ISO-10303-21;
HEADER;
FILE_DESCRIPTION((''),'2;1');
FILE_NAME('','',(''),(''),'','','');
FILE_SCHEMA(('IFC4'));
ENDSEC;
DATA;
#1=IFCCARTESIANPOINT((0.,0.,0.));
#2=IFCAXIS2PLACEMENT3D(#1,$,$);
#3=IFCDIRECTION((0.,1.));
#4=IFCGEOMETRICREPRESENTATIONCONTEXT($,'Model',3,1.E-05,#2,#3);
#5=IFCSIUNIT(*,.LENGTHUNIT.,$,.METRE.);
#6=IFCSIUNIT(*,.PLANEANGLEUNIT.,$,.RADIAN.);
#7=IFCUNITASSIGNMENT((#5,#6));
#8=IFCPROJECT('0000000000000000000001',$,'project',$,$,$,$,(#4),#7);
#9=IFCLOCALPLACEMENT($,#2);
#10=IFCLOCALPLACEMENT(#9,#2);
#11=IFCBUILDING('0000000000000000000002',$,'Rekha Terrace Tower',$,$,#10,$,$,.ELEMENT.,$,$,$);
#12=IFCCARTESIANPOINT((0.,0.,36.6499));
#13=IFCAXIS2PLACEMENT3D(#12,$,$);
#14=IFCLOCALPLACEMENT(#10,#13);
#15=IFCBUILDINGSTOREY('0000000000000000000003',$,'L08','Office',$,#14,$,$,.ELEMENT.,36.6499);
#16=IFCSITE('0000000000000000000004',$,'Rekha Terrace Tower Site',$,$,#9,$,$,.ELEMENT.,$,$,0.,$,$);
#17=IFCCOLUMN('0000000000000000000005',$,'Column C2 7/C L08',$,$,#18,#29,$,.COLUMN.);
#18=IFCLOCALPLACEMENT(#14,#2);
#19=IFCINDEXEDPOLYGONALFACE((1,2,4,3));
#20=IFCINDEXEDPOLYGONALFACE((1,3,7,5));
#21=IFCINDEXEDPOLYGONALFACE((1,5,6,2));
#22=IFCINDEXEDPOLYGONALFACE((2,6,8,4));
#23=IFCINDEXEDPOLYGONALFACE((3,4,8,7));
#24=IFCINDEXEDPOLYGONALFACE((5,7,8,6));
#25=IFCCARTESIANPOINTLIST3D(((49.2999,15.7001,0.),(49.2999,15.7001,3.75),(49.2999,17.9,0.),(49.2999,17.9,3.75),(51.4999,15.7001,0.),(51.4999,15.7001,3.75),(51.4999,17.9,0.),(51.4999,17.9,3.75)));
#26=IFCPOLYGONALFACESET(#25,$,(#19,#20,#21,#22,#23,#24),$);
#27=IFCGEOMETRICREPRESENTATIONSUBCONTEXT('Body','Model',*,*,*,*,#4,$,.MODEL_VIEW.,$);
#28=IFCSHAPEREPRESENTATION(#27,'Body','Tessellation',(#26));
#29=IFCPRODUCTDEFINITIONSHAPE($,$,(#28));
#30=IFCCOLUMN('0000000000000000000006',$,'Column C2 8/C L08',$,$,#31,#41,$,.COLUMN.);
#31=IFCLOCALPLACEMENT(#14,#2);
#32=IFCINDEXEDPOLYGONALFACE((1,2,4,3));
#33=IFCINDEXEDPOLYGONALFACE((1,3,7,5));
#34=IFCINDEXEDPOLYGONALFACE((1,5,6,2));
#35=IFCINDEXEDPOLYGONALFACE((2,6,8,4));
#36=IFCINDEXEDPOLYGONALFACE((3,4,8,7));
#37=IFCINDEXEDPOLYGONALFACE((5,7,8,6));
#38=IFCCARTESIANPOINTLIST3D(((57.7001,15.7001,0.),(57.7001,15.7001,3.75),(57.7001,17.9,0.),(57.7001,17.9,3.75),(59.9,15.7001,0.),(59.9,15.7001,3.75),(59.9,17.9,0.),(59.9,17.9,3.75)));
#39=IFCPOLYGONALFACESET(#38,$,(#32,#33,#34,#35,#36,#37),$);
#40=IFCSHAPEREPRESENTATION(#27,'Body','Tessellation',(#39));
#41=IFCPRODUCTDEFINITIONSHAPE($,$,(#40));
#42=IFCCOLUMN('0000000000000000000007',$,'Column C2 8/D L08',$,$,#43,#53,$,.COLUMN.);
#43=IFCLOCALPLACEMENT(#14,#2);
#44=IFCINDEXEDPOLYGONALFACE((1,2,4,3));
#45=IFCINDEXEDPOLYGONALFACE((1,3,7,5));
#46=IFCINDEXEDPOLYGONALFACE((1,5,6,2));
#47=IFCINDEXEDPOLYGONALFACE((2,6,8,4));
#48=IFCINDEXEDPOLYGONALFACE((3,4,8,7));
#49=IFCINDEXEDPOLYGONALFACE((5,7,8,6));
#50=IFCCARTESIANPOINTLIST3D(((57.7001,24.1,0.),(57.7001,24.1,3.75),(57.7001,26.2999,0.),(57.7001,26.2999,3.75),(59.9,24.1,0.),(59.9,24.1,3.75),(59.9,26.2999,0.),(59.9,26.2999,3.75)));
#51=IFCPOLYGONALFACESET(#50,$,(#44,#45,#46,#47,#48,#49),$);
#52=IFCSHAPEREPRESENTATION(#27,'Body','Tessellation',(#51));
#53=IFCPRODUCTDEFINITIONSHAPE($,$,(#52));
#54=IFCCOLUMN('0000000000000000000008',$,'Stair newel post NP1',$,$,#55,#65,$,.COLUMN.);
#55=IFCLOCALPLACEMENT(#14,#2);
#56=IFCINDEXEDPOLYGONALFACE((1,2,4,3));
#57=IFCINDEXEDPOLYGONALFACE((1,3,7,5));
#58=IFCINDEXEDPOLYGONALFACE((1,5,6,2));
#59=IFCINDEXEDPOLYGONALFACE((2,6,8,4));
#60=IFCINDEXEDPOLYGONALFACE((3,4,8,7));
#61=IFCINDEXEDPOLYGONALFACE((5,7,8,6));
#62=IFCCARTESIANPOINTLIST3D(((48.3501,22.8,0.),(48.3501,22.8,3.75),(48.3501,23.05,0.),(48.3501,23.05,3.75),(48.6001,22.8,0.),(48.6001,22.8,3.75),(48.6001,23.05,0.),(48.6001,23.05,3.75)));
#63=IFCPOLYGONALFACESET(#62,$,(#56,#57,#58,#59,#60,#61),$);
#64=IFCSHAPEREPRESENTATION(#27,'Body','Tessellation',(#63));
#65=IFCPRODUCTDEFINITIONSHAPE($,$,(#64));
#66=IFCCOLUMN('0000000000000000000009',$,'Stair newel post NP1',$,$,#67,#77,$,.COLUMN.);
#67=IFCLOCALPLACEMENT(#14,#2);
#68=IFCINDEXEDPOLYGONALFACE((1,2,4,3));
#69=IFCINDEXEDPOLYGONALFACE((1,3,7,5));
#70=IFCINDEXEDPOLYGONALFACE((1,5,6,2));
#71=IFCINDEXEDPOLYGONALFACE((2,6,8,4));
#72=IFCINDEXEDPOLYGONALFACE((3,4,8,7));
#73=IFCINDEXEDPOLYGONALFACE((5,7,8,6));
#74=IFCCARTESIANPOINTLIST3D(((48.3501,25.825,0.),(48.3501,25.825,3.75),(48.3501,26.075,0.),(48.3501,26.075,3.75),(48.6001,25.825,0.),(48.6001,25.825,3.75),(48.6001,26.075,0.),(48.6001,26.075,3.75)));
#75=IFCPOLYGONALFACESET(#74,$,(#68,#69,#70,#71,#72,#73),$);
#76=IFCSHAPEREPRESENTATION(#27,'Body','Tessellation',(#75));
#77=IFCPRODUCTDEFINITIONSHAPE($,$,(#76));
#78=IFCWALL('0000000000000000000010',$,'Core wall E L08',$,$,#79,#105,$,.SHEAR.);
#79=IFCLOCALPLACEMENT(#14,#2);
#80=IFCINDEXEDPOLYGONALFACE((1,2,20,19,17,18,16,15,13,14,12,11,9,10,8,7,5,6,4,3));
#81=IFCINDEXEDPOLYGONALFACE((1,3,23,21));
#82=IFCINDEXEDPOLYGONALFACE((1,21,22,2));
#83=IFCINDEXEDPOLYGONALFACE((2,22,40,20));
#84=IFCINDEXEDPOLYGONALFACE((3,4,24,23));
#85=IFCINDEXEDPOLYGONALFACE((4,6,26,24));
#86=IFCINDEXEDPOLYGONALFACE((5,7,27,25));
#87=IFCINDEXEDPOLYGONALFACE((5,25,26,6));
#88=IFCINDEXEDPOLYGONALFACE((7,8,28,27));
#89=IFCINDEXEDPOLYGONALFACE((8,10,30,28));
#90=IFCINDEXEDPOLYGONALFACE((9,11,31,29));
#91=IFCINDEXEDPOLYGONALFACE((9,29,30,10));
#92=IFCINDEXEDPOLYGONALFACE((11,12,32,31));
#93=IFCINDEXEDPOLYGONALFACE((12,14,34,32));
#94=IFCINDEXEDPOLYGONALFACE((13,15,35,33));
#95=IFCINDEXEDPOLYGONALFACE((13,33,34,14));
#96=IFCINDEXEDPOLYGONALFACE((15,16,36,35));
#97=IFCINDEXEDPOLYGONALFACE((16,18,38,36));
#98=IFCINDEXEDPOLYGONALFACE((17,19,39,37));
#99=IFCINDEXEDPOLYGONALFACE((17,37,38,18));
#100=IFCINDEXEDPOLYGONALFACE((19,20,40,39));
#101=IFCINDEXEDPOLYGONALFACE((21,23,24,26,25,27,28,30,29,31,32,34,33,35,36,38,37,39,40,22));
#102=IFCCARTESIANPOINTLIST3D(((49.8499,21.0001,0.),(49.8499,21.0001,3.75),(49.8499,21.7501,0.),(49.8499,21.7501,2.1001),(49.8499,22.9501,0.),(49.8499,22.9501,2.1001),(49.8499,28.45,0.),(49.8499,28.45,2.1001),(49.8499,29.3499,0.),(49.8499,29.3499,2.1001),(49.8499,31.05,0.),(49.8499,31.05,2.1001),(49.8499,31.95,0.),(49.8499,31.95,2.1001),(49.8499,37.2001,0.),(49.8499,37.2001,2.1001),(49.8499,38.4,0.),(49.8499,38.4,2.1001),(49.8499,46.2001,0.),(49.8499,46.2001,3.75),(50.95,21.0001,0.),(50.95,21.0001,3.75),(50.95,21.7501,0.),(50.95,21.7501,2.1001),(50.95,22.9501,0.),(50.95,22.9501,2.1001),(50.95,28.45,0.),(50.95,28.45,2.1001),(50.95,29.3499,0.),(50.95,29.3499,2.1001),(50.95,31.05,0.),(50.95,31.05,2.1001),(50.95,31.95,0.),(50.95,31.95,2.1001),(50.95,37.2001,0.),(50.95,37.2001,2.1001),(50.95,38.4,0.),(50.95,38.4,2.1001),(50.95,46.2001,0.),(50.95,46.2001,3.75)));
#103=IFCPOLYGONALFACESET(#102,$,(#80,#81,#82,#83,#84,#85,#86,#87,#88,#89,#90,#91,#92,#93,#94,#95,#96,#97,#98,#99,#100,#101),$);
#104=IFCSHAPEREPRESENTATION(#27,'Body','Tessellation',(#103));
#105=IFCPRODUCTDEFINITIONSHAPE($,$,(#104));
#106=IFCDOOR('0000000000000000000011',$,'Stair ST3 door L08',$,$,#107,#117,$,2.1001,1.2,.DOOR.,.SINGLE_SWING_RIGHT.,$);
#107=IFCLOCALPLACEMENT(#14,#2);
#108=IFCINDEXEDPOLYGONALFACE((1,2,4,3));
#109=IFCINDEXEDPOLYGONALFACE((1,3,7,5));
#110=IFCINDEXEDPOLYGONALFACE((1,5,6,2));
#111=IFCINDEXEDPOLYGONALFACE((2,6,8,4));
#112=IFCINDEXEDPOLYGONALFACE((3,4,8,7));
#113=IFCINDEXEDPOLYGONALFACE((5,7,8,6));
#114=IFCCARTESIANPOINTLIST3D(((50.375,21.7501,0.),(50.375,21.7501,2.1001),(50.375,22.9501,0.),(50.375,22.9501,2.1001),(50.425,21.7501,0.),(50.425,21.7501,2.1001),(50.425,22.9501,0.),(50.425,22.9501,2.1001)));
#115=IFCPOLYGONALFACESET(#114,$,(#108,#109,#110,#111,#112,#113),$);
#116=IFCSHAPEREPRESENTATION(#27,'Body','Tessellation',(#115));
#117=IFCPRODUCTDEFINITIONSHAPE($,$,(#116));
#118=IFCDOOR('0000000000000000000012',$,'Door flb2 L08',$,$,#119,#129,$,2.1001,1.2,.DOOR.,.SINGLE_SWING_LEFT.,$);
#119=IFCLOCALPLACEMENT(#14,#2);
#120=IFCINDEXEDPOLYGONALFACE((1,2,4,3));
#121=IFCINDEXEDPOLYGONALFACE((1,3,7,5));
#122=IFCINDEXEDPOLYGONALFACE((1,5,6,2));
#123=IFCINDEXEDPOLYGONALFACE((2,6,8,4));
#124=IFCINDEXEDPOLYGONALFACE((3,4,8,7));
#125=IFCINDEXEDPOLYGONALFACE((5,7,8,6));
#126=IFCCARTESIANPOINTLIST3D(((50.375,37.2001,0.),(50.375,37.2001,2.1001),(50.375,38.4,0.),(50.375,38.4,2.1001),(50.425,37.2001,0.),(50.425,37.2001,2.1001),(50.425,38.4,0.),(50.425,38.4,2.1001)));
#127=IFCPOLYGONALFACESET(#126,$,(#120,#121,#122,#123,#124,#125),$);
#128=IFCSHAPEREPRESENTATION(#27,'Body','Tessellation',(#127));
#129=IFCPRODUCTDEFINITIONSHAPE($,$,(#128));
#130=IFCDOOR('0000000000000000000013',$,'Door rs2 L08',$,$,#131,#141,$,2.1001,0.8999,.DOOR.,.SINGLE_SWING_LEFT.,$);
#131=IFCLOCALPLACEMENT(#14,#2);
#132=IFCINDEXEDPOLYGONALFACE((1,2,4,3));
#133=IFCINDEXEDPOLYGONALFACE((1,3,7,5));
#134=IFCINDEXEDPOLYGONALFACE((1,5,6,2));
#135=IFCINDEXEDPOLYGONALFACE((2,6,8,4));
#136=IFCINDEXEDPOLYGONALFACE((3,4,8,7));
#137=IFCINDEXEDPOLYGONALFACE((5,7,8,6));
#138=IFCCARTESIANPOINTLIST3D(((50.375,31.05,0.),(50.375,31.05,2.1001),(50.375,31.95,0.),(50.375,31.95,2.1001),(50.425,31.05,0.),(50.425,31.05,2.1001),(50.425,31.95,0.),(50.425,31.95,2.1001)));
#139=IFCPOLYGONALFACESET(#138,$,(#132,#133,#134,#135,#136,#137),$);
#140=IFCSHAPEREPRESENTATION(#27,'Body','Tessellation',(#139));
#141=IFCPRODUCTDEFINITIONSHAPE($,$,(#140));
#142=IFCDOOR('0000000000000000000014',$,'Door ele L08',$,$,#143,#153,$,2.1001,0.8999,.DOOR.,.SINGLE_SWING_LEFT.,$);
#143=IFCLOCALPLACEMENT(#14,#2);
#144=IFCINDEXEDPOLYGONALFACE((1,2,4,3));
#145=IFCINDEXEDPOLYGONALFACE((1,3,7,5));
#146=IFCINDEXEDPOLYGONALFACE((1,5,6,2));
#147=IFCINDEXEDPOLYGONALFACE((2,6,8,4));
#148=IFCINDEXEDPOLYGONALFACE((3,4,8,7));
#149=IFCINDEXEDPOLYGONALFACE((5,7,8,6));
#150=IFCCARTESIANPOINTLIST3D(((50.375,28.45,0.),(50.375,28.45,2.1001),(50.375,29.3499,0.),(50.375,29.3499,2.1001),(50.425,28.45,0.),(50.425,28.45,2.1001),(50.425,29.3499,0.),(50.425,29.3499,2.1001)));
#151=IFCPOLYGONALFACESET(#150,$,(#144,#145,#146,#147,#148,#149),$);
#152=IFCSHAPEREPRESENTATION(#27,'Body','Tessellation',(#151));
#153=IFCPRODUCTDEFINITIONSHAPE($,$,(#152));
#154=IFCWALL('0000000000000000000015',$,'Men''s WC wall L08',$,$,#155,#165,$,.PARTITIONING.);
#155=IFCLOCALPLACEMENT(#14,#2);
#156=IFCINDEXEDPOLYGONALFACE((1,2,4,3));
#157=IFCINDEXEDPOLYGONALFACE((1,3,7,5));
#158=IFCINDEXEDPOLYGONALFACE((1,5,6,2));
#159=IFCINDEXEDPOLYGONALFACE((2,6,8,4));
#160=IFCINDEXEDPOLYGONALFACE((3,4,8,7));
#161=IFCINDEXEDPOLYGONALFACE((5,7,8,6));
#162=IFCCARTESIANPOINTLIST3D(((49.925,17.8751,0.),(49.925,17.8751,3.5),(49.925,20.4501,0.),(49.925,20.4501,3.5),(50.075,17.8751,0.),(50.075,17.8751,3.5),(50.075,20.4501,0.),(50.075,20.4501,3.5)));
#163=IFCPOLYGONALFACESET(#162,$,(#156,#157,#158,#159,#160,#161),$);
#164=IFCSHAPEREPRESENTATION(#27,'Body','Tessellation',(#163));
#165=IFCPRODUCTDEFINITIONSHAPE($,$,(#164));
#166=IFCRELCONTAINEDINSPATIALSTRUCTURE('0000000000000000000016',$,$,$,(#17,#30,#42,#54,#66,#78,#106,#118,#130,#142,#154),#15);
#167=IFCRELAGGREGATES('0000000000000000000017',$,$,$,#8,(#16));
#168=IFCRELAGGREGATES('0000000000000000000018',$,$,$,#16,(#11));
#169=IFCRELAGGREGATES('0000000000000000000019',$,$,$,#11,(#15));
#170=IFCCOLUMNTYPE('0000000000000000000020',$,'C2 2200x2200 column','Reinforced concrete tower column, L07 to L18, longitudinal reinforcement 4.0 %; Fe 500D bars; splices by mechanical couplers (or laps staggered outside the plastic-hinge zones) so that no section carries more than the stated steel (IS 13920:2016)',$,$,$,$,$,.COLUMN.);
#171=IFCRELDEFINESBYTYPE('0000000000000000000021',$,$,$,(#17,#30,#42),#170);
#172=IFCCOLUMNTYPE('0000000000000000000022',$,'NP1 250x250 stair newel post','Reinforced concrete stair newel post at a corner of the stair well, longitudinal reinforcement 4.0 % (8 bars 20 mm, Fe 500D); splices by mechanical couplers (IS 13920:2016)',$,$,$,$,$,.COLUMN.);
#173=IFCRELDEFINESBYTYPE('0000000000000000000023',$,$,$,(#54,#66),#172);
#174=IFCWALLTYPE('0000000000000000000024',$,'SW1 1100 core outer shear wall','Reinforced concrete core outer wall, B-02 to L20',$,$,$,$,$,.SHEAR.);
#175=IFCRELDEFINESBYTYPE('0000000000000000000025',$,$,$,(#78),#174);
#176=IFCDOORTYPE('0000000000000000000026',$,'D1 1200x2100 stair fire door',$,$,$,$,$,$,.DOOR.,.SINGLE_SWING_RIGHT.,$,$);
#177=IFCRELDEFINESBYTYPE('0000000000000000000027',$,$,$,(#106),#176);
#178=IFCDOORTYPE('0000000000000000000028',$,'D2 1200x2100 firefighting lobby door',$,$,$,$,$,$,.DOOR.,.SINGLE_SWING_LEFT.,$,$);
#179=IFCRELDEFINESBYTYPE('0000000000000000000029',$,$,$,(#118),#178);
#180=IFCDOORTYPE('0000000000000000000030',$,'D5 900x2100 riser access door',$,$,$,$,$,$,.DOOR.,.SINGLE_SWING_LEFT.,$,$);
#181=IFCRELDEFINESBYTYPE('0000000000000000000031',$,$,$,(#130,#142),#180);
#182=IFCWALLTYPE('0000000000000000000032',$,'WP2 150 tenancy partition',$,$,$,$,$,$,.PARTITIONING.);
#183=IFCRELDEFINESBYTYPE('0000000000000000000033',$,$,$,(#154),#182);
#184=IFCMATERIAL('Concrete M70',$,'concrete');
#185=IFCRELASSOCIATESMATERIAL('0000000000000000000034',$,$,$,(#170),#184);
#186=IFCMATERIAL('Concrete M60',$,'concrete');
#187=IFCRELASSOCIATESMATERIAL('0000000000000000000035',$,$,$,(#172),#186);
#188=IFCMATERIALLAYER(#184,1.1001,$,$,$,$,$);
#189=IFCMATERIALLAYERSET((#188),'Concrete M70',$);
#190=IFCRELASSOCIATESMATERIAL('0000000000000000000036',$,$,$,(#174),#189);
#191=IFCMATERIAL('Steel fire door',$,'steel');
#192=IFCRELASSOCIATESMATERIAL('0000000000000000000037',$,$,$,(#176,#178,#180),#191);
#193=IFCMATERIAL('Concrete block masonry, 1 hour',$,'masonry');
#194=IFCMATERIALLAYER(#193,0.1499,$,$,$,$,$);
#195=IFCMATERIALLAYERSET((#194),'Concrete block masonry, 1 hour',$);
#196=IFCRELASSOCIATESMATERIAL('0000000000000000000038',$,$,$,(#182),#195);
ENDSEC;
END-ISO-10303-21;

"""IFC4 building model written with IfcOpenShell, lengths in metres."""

from ifc_helpers import new_model, si_unit, direction, frame, frame_2d, origin, origin_2d, place, context, subcontext, project, spatial, rectangle, extrude, material, layer, layer_set, material_profile, profile_set, type_object, element, fill, save


model = new_model("IFC4")

# Units and contexts
model_context = context("Model", 3, precision=1e-05, world=origin(), true_north=direction((0.0, 1.0)))
body_context = subcontext(model_context, "Body", "Model", "MODEL_VIEW")
ifc_project = project(units=[si_unit("LENGTHUNIT", "METRE"), si_unit("PLANEANGLEUNIT", "RADIAN")], contexts=[model_context])

# Site, building, storey
site_placement = place(None, origin())
site = spatial("IfcSite", under=ifc_project, at=site_placement, Name="Rekha Terrace Tower Site", CompositionType="ELEMENT", RefElevation=0.0)
building_placement = place(site_placement, origin())
building = spatial("IfcBuilding", under=site, at=building_placement, Name="Rekha Terrace Tower", CompositionType="ELEMENT")
storey_placement = place(building_placement, frame((0.0, 0.0, 36.6499)))
storey = spatial("IfcBuildingStorey", under=building, at=storey_placement, Name="L08", Description="Office", CompositionType="ELEMENT", Elevation=36.6499)

# Columns
ifc_material_1 = material(Name="Concrete M70", Category="concrete")
ifc_material_profile_1 = material_profile(ifc_material_1, rectangle(XDim=2.2, YDim=2.2, at=origin_2d()), Name="RC 2200x2200")
ifc_profile_set_1 = profile_set([ifc_material_profile_1], Name="Concrete M70")
column_type_1 = type_object("IfcColumnType", Name="C2 2200x2200 column", Description="Reinforced concrete tower column, L07 to L18, longitudinal reinforcement 4.0 %; Fe 500D bars; splices by mechanical couplers (or laps staggered outside the plastic-hinge zones) so that no section carries more than the stated steel (IS 13920:2016)", PredefinedType="COLUMN", material=ifc_profile_set_1)
for number, where, z_axis, x_axis, name in (
    (1, (50.3999, 16.8, 0.0), (0.0, 0.0, 1.0), (1.0, 0.0, 0.0), "Column C2 7/C L08"),
    (2, (58.8, 16.8, 0.0), (0.0, 0.0, 1.0), (1.0, 0.0, 0.0), "Column C2 8/C L08"),
    (3, (58.8, 25.2, 0.0), (0.0, 0.0, 1.0), (1.0, 0.0, 0.0), "Column C2 8/D L08"),
):
    element("IfcColumn", number, at=place(storey_placement, frame(where, z_axis=z_axis, x_axis=x_axis)), inside=storey, type_object=column_type_1, Name=name, PredefinedType="COLUMN", context=body_context, shape_type="SweptSolid", body=[
        extrude(rectangle(XDim=2.2, YDim=2.2, at=origin_2d()), origin(), (0.0, 0.0, 1.0), 3.75),
    ])
ifc_material_2 = material(Name="Concrete M60", Category="concrete")
ifc_material_profile_2 = material_profile(ifc_material_2, rectangle(XDim=0.25, YDim=0.25, at=origin_2d()), Name="RC 250x250")
ifc_profile_set_2 = profile_set([ifc_material_profile_2], Name="Concrete M60")
column_type_2 = type_object("IfcColumnType", Name="NP1 250x250 stair newel post", Description="Reinforced concrete stair newel post at a corner of the stair well, longitudinal reinforcement 4.0 % (8 bars 20 mm, Fe 500D); splices by mechanical couplers (IS 13920:2016)", PredefinedType="COLUMN", material=ifc_profile_set_2)
for number, where, z_axis, x_axis, name in (
    (4, (48.4751, 22.925, 0.0), (0.0, 0.0, 1.0), (1.0, 0.0, 0.0), "Stair newel post NP1"),
    (5, (48.4751, 25.95, 0.0), (0.0, 0.0, 1.0), (1.0, 0.0, 0.0), "Stair newel post NP1"),
):
    element("IfcColumn", number, at=place(storey_placement, frame(where, z_axis=z_axis, x_axis=x_axis)), inside=storey, type_object=column_type_2, Name=name, PredefinedType="COLUMN", context=body_context, shape_type="SweptSolid", body=[
        extrude(rectangle(XDim=0.25, YDim=0.25, at=origin_2d()), origin(), (0.0, 0.0, 1.0), 3.75),
    ])

# Wall, openings, doors
ifc_layer_1 = layer(ifc_material_1, 1.1001)
ifc_layer_set_1 = layer_set([ifc_layer_1], Name="Concrete M70")
wall_type_1 = type_object("IfcWallType", Name="SW1 1100 core outer shear wall", Description="Reinforced concrete core outer wall, B-02 to L20", PredefinedType="SHEAR", material=ifc_layer_set_1)
wall_1_placement = place(storey_placement, frame((50.3999, 21.0, 0.0), z_axis=(0.0, 0.0, 1.0), x_axis=(0.0, 1.0, 0.0)))
wall_1 = element("IfcWall", 6, at=wall_1_placement, inside=storey, type_object=wall_type_1, Name="Core wall E L08", PredefinedType="SHEAR", context=body_context, shape_type="SweptSolid", body=[
    extrude(rectangle(XDim=25.2, YDim=1.1001, at=frame_2d((12.6001, 0.0))), origin(), (0.0, 0.0, 1.0), 3.75),
])
opening_1_placement = place(wall_1_placement, frame((16.2, 0.0, 0.0)))
opening_1 = element("IfcOpeningElement", 7, at=opening_1_placement, cuts=wall_1, PredefinedType="OPENING", context=body_context, shape_type="SweptSolid", body=[
    extrude(rectangle(XDim=1.2, YDim=2.1001, at=frame_2d((0.6001, 1.05))), frame((0.0, 0.5601, 0.0), z_axis=(0.0, -1.0, 0.0), x_axis=(1.0, 0.0, 0.0)), (0.0, 0.0, 1.0), 1.1201),
])
opening_2_placement = place(wall_1_placement, frame((10.05, 0.0, 0.0)))
opening_2 = element("IfcOpeningElement", 8, at=opening_2_placement, cuts=wall_1, PredefinedType="OPENING", context=body_context, shape_type="SweptSolid", body=[
    extrude(rectangle(XDim=0.8999, YDim=2.1001, at=frame_2d((0.45, 1.05))), frame((0.0, 0.5601, 0.0), z_axis=(0.0, -1.0, 0.0), x_axis=(1.0, 0.0, 0.0)), (0.0, 0.0, 1.0), 1.1201),
])
opening_3_placement = place(wall_1_placement, frame((7.45, 0.0, 0.0)))
opening_3 = element("IfcOpeningElement", 9, at=opening_3_placement, cuts=wall_1, PredefinedType="OPENING", context=body_context, shape_type="SweptSolid", body=[
    extrude(rectangle(XDim=0.8999, YDim=2.1001, at=frame_2d((0.45, 1.05))), frame((0.0, 0.5601, 0.0), z_axis=(0.0, -1.0, 0.0), x_axis=(1.0, 0.0, 0.0)), (0.0, 0.0, 1.0), 1.1201),
])
opening_4_placement = place(wall_1_placement, frame((0.75, 0.0, 0.0)))
opening_4 = element("IfcOpeningElement", 10, at=opening_4_placement, cuts=wall_1, PredefinedType="OPENING", context=body_context, shape_type="SweptSolid", body=[
    extrude(rectangle(XDim=1.2, YDim=2.1001, at=frame_2d((0.6001, 1.05))), frame((0.0, 0.5601, 0.0), z_axis=(0.0, -1.0, 0.0), x_axis=(1.0, 0.0, 0.0)), (0.0, 0.0, 1.0), 1.1201),
])
ifc_material_3 = material(Name="Steel fire door", Category="steel")
door_type_1 = type_object("IfcDoorType", Name="D1 1200x2100 stair fire door", OperationType="SINGLE_SWING_RIGHT", PredefinedType="DOOR", material=ifc_material_3)
door_1_placement = place(opening_4_placement, origin())
door_1 = element("IfcDoor", 11, at=door_1_placement, inside=storey, type_object=door_type_1, Name="Stair ST3 door L08", OperationType="SINGLE_SWING_RIGHT", OverallHeight=2.1001, OverallWidth=1.2, PredefinedType="DOOR", context=body_context, shape_type="SweptSolid", body=[
    extrude(rectangle(XDim=1.2, YDim=2.1001, at=frame_2d((0.6001, 1.05))), frame((0.0, 0.0249, 0.0), z_axis=(0.0, -1.0, 0.0), x_axis=(1.0, 0.0, 0.0)), (0.0, 0.0, 1.0), 0.05),
])
fill(opening_4, door_1)
door_type_2 = type_object("IfcDoorType", Name="D2 1200x2100 firefighting lobby door", OperationType="SINGLE_SWING_LEFT", PredefinedType="DOOR", material=ifc_material_3)
door_2_placement = place(opening_1_placement, origin())
door_2 = element("IfcDoor", 12, at=door_2_placement, inside=storey, type_object=door_type_2, Name="Door flb2 L08", OperationType="SINGLE_SWING_LEFT", OverallHeight=2.1001, OverallWidth=1.2, PredefinedType="DOOR", context=body_context, shape_type="SweptSolid", body=[
    extrude(rectangle(XDim=1.2, YDim=2.1001, at=frame_2d((0.6001, 1.05))), frame((0.0, 0.0249, 0.0), z_axis=(0.0, -1.0, 0.0), x_axis=(1.0, 0.0, 0.0)), (0.0, 0.0, 1.0), 0.05),
])
fill(opening_1, door_2)
door_type_3 = type_object("IfcDoorType", Name="D5 900x2100 riser access door", OperationType="SINGLE_SWING_LEFT", PredefinedType="DOOR", material=ifc_material_3)
door_3_placement = place(opening_2_placement, origin())
door_3 = element("IfcDoor", 13, at=door_3_placement, inside=storey, type_object=door_type_3, Name="Door rs2 L08", OperationType="SINGLE_SWING_LEFT", OverallHeight=2.1001, OverallWidth=0.8999, PredefinedType="DOOR", context=body_context, shape_type="SweptSolid", body=[
    extrude(rectangle(XDim=0.8999, YDim=2.1001, at=frame_2d((0.45, 1.05))), frame((0.0, 0.0249, 0.0), z_axis=(0.0, -1.0, 0.0), x_axis=(1.0, 0.0, 0.0)), (0.0, 0.0, 1.0), 0.05),
])
fill(opening_2, door_3)
door_4_placement = place(opening_3_placement, origin())
door_4 = element("IfcDoor", 14, at=door_4_placement, inside=storey, type_object=door_type_3, Name="Door ele L08", OperationType="SINGLE_SWING_LEFT", OverallHeight=2.1001, OverallWidth=0.8999, PredefinedType="DOOR", context=body_context, shape_type="SweptSolid", body=[
    extrude(rectangle(XDim=0.8999, YDim=2.1001, at=frame_2d((0.45, 1.05))), frame((0.0, 0.0249, 0.0), z_axis=(0.0, -1.0, 0.0), x_axis=(1.0, 0.0, 0.0)), (0.0, 0.0, 1.0), 0.05),
])
fill(opening_3, door_4)

# Wall
ifc_material_4 = material(Name="Concrete block masonry, 1 hour", Category="masonry")
ifc_layer_2 = layer(ifc_material_4, 0.1499)
ifc_layer_set_2 = layer_set([ifc_layer_2], Name="Concrete block masonry, 1 hour")
wall_type_2 = type_object("IfcWallType", Name="WP2 150 tenancy partition", PredefinedType="PARTITIONING", material=ifc_layer_set_2)
wall_2_placement = place(storey_placement, frame((50.0, 17.875, 0.0), z_axis=(0.0, 0.0, 1.0), x_axis=(0.0, 1.0, 0.0)))
element("IfcWall", 15, at=wall_2_placement, inside=storey, type_object=wall_type_2, Name="Men's WC wall L08", PredefinedType="PARTITIONING", context=body_context, shape_type="SweptSolid", body=[
    extrude(rectangle(XDim=2.575, YDim=0.1499, at=frame_2d((1.2876, 0.0))), origin(), (0.0, 0.0, 1.0), 3.5),
])

save(model, "model.ifc")
